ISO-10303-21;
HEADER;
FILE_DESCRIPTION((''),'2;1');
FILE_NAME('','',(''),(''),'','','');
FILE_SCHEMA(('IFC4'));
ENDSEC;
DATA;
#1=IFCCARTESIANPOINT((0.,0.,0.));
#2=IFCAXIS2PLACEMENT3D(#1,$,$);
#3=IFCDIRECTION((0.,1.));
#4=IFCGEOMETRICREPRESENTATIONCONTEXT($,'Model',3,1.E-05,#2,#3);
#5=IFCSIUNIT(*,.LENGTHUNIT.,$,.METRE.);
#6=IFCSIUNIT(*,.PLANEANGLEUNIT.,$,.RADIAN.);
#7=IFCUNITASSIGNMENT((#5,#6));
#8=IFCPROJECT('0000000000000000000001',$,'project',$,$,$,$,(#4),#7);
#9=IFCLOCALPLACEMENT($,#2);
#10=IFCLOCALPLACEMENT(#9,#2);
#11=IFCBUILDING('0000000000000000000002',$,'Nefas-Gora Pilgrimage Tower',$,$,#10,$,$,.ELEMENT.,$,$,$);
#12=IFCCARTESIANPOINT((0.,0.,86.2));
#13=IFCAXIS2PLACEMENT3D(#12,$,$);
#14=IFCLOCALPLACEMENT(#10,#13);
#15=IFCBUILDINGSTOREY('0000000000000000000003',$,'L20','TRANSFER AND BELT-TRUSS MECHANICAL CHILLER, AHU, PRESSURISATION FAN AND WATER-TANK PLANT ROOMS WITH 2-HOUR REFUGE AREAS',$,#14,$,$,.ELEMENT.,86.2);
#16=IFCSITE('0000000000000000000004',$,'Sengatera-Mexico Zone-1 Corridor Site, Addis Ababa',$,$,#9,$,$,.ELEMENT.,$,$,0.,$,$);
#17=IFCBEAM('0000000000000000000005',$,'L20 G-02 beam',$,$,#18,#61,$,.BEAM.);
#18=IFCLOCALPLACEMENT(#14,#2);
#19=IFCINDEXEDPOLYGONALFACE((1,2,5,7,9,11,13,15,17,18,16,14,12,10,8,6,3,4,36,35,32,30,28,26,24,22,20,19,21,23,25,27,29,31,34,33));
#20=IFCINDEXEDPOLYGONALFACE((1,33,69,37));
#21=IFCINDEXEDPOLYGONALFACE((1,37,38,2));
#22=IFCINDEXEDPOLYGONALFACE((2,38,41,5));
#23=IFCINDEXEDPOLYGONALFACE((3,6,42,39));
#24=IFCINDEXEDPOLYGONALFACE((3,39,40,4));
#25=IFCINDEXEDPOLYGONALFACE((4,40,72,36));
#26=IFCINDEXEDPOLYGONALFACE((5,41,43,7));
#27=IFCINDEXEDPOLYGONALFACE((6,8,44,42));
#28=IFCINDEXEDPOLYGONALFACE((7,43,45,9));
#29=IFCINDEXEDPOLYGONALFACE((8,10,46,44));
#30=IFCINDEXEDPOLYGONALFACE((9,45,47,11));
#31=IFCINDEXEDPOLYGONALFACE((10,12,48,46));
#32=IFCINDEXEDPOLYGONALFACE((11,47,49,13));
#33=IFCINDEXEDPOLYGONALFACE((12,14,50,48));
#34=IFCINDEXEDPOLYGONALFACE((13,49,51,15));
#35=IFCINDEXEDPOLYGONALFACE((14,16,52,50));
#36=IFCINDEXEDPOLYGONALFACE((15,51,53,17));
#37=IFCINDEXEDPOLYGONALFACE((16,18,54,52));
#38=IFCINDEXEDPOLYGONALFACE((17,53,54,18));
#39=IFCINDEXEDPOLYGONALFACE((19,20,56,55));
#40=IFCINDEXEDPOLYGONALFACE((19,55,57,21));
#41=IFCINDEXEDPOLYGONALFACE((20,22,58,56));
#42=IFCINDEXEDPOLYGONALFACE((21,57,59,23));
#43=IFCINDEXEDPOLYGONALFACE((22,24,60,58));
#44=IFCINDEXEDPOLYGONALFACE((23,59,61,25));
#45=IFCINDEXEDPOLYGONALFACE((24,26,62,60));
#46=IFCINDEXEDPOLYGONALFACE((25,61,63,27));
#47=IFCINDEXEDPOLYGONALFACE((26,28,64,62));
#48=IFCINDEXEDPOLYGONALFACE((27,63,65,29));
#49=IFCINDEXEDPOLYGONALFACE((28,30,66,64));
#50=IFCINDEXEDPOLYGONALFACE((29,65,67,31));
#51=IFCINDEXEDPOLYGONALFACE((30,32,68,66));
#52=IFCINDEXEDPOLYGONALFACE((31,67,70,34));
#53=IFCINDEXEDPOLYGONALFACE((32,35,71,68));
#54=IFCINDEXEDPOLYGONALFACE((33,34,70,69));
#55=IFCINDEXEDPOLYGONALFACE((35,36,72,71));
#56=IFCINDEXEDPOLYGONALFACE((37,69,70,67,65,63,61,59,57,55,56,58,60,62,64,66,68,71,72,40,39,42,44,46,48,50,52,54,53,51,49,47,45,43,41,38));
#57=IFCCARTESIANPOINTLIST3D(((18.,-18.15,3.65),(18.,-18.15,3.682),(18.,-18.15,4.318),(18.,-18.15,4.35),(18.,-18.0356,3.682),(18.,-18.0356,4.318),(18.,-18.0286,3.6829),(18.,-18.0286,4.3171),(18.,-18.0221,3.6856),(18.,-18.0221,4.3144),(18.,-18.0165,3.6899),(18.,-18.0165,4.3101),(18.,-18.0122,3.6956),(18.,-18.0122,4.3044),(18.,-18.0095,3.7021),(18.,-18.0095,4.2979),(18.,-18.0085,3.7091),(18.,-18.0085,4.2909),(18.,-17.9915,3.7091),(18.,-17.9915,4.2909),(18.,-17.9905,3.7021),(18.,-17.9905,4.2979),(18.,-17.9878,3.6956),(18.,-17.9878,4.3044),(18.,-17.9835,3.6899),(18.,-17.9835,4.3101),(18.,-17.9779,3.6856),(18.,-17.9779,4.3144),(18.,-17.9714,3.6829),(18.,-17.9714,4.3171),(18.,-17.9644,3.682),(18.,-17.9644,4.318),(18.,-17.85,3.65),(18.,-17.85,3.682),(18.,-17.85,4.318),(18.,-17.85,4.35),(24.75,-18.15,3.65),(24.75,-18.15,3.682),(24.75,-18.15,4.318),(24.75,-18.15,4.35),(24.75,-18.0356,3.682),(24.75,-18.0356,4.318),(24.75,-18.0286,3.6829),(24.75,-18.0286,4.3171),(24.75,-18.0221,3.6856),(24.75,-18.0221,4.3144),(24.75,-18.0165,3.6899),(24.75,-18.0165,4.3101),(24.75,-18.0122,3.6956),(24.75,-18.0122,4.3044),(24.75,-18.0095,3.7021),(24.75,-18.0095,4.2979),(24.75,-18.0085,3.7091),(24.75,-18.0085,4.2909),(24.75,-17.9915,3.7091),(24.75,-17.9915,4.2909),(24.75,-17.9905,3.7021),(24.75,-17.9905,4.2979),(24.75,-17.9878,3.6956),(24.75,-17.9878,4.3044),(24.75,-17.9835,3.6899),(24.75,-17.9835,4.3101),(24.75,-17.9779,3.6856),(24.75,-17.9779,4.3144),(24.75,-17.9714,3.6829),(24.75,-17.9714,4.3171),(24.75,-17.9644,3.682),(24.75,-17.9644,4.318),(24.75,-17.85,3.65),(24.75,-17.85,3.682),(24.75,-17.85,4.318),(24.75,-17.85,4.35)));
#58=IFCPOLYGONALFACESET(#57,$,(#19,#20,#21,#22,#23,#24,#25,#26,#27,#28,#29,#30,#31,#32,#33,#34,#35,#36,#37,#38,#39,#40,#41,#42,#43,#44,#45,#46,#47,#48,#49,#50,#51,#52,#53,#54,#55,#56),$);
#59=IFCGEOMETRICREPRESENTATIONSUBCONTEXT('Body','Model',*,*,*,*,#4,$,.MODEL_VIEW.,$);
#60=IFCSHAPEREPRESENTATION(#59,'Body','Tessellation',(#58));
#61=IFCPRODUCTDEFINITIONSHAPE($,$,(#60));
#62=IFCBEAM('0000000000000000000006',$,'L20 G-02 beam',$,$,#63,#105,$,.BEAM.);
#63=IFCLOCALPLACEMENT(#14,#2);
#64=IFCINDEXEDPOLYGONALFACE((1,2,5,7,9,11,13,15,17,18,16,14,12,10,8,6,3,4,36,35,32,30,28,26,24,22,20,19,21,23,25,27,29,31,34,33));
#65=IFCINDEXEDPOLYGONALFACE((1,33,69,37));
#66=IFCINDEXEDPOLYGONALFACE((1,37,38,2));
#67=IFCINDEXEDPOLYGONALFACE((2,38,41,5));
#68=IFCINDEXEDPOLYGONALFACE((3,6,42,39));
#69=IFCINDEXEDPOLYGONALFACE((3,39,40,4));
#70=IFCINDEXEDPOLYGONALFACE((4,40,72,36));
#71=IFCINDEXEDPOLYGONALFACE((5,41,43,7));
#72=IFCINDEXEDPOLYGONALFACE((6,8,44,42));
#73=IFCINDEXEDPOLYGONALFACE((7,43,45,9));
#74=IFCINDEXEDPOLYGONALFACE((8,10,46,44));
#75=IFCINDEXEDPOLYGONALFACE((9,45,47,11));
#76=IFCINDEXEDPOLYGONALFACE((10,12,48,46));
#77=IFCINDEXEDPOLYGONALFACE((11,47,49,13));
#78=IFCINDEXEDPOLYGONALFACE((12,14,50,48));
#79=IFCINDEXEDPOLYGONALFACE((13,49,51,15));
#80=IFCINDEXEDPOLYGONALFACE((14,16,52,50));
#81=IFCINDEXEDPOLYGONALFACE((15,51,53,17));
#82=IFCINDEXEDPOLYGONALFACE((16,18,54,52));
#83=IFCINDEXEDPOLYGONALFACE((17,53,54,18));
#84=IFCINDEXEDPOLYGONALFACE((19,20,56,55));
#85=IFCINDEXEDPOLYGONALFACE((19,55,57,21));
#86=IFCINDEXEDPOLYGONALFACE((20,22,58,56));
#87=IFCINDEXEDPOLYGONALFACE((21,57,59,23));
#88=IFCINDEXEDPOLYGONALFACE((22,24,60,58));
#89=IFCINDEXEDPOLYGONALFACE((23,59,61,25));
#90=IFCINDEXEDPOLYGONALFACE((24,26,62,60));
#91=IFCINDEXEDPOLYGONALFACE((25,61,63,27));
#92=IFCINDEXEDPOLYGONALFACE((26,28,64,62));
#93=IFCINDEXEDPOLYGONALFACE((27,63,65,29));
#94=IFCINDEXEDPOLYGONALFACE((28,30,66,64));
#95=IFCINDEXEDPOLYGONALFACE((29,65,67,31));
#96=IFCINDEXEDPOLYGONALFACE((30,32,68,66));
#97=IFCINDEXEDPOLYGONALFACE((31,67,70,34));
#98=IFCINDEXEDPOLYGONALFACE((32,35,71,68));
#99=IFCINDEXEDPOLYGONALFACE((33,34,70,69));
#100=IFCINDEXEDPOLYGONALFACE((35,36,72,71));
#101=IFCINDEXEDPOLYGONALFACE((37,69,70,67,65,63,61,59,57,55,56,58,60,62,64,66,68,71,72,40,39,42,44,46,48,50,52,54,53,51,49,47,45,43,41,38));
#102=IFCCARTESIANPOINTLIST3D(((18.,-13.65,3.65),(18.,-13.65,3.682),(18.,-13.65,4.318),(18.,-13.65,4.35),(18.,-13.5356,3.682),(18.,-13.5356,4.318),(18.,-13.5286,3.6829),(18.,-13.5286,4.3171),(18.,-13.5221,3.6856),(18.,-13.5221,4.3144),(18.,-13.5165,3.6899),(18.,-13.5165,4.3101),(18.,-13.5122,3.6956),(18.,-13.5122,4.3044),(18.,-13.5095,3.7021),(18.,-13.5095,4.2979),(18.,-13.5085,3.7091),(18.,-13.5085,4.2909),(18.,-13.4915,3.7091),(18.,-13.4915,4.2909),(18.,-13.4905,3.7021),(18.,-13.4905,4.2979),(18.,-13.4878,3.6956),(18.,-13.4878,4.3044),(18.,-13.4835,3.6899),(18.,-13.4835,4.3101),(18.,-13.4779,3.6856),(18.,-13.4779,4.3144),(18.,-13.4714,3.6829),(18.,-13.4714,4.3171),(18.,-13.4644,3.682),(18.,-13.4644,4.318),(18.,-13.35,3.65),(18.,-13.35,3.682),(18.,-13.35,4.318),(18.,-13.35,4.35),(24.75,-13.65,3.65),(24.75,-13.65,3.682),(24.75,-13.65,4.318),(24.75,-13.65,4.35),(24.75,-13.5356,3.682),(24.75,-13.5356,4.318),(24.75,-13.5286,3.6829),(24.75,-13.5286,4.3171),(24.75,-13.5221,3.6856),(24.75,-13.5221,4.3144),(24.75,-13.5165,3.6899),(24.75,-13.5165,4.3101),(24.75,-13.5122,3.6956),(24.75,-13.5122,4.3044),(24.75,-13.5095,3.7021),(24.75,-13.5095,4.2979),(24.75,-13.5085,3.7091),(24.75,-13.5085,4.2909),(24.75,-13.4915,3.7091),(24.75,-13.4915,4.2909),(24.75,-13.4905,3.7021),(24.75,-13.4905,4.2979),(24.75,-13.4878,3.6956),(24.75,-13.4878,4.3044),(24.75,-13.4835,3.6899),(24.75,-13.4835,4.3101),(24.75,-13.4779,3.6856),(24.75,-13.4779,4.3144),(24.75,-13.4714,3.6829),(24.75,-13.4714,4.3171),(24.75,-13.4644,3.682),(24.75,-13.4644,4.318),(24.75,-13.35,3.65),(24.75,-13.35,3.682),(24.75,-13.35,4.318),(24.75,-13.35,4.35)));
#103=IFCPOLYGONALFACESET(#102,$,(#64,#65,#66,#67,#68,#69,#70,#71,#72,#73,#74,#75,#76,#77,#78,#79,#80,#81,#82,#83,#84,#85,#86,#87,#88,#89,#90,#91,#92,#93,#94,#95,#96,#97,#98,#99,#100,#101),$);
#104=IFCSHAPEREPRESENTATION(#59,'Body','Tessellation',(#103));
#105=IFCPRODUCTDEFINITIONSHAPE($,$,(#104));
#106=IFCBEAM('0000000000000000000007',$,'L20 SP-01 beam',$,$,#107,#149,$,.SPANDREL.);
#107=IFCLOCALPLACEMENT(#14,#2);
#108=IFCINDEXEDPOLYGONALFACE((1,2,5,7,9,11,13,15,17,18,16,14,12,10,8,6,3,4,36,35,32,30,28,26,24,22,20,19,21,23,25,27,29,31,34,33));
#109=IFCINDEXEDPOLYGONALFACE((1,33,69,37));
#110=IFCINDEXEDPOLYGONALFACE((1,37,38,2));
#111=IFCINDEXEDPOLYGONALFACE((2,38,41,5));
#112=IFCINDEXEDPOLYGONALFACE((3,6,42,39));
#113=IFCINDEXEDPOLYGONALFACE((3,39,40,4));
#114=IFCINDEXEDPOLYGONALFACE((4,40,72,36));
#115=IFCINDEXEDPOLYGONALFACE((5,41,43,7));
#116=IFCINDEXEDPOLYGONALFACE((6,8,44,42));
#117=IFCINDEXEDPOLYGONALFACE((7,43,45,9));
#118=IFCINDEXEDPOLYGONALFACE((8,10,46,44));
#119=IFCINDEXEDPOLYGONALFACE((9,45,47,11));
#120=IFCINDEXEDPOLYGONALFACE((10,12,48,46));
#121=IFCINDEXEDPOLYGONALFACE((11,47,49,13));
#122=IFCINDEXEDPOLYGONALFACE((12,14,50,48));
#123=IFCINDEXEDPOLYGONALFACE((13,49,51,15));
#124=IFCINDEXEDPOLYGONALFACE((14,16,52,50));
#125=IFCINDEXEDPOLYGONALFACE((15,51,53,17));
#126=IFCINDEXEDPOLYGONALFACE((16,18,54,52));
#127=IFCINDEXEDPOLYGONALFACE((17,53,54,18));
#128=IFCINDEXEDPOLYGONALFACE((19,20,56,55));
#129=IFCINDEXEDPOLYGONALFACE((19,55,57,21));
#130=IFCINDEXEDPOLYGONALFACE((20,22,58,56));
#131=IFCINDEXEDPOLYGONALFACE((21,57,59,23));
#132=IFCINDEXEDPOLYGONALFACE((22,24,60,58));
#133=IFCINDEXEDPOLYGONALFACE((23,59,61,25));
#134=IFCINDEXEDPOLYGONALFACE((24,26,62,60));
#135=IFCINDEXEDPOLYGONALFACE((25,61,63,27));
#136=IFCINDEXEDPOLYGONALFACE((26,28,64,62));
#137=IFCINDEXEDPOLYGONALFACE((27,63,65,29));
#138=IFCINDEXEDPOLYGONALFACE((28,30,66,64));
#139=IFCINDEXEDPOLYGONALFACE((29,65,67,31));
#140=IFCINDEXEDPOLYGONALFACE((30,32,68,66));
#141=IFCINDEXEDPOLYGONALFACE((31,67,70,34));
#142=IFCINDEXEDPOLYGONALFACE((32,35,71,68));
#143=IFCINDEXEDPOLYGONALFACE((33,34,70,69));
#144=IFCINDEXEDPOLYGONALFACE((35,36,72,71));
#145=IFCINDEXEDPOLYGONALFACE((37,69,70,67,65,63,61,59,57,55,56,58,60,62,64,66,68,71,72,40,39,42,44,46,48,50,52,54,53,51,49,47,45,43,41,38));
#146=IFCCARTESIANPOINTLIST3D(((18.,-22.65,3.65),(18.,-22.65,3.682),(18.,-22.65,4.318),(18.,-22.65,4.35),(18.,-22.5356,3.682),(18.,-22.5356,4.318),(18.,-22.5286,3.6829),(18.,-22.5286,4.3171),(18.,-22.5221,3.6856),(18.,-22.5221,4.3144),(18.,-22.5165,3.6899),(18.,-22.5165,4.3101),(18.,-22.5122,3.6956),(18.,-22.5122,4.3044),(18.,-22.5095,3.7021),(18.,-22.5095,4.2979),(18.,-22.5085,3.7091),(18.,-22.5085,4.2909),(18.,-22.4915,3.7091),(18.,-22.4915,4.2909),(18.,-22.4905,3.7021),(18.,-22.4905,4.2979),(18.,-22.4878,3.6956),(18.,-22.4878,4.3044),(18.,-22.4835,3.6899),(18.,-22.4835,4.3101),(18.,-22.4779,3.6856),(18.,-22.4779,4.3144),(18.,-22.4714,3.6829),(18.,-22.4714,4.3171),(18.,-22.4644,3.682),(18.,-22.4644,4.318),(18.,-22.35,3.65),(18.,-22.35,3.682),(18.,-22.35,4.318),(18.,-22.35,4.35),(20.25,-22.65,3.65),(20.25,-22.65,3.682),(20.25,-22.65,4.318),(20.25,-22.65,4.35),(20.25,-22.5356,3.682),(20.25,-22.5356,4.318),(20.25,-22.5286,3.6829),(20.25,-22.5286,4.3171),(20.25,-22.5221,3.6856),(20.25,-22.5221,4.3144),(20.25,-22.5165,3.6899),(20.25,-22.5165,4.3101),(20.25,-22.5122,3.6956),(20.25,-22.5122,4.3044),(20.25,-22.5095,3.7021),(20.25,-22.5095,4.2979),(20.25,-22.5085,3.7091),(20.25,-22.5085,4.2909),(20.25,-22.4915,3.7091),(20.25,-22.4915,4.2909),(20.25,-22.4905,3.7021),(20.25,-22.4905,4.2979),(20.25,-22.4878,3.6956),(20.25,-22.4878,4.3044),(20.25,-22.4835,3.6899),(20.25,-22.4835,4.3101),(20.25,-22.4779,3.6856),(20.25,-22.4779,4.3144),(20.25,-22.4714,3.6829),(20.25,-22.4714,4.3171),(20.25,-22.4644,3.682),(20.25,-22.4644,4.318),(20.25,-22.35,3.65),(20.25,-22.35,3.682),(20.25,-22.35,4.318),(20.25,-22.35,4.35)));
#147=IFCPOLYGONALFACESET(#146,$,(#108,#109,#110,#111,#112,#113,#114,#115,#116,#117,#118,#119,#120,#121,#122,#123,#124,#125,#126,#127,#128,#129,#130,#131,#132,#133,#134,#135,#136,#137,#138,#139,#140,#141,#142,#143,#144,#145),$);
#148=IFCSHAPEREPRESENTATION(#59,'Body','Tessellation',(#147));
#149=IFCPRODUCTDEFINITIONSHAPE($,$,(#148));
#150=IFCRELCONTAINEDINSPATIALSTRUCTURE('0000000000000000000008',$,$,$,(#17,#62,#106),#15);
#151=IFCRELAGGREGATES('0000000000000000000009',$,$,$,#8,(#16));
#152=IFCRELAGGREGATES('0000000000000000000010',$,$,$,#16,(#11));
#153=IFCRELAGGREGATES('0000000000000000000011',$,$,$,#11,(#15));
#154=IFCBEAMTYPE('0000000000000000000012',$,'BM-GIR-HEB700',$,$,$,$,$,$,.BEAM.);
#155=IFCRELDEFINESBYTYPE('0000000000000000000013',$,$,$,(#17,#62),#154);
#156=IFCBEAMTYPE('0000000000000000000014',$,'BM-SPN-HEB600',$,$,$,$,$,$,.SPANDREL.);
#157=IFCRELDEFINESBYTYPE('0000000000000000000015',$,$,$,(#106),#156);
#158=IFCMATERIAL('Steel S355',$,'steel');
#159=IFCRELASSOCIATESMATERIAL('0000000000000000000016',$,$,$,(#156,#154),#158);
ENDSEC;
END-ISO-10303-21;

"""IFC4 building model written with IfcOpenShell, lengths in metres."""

from ifc_helpers import new_model, si_unit, direction, frame, origin, origin_2d, place, context, subcontext, project, spatial, i_section, extrude, source, transform, mapped, material, material_profile, profile_set, type_object, element, save


model = new_model("IFC4")

# Units and contexts
model_context = context("Model", 3, precision=1e-05, world=origin(), true_north=direction((0.0, 1.0)))
body_context = subcontext(model_context, "Body", "Model", "MODEL_VIEW")
ifc_project = project(units=[si_unit("LENGTHUNIT", "METRE"), si_unit("PLANEANGLEUNIT", "RADIAN")], contexts=[model_context])

# Site, building, storey
site_placement = place(None, origin())
site = spatial("IfcSite", under=ifc_project, at=site_placement, Name="Sengatera-Mexico Zone-1 Corridor Site, Addis Ababa", CompositionType="ELEMENT", RefElevation=0.0)
building_placement = place(site_placement, origin())
building = spatial("IfcBuilding", under=site, at=building_placement, Name="Nefas-Gora Pilgrimage Tower", CompositionType="ELEMENT")
storey_placement = place(building_placement, frame((0.0, 0.0, 86.2)))
storey = spatial("IfcBuildingStorey", under=building, at=storey_placement, Name="L20", Description="TRANSFER AND BELT-TRUSS MECHANICAL CHILLER, AHU, PRESSURISATION FAN AND WATER-TANK PLANT ROOMS WITH 2-HOUR REFUGE AREAS", CompositionType="ELEMENT", Elevation=86.2)

# Beams
ifc_material_1 = material(Name="Steel S355", Category="steel")
ifc_material_profile_1 = material_profile(ifc_material_1, i_section(OverallWidth=0.3, OverallDepth=0.7, WebThickness=0.0171, FlangeThickness=0.032, FilletRadius=0.0271, at=origin_2d()), Name="HEB 700")
ifc_profile_set_1 = profile_set([ifc_material_profile_1], Name="Steel S355")
beam_type_1 = type_object("IfcBeamType", Name="BM-SPN-HEB600", PredefinedType="SPANDREL", material=ifc_profile_set_1)
ifc_material_profile_2 = material_profile(ifc_material_1, i_section(OverallWidth=0.3, OverallDepth=0.7, WebThickness=0.0171, FlangeThickness=0.032, FilletRadius=0.0271, at=origin_2d()), Name="HEB 700")
ifc_profile_set_2 = profile_set([ifc_material_profile_2], Name="Steel S355")
beam_type_2 = type_object("IfcBeamType", Name="BM-GIR-HEB700", PredefinedType="BEAM", material=ifc_profile_set_2)
shared_shape_1 = source(origin(), body_context, "Body", "SweptSolid", [
    extrude(i_section(OverallWidth=0.3, OverallDepth=0.7, WebThickness=0.0171, FlangeThickness=0.032, FilletRadius=0.0271, at=origin_2d()), origin(), (0.0, 0.0, 1.0), 6.75),
])
for number, where, z_axis, x_axis, name in (
    (1, (18.0, -18.0, 4.0), (1.0, 0.0, 0.0), (0.0, 1.0, 0.0), "L20 G-02 beam"),
    (2, (18.0, -13.5, 4.0), (1.0, 0.0, 0.0), (0.0, 1.0, 0.0), "L20 G-02 beam"),
):
    element("IfcBeam", number, at=place(storey_placement, frame(where, z_axis=z_axis, x_axis=x_axis)), inside=storey, type_object=beam_type_2, Name=name, PredefinedType="BEAM", context=body_context, shape_type="MappedRepresentation", body=[
        mapped(shared_shape_1, transform((0.0, 0.0, 0.0), x_axis=(1.0, 0.0, 0.0), y_axis=(0.0, 1.0, 0.0), z_axis=(0.0, 0.0, 1.0), scale=1.0)),
    ])
shared_shape_2 = source(origin(), body_context, "Body", "SweptSolid", [
    extrude(i_section(OverallWidth=0.3, OverallDepth=0.7, WebThickness=0.0171, FlangeThickness=0.032, FilletRadius=0.0271, at=origin_2d()), origin(), (0.0, 0.0, 1.0), 2.25),
])
beam_1_placement = place(storey_placement, frame((18.0, -22.5, 4.0), z_axis=(1.0, 0.0, 0.0), x_axis=(0.0, 1.0, 0.0)))
element("IfcBeam", 3, at=beam_1_placement, inside=storey, type_object=beam_type_1, Name="L20 SP-01 beam", PredefinedType="SPANDREL", context=body_context, shape_type="MappedRepresentation", body=[
    mapped(shared_shape_2, transform((0.0, 0.0, 0.0), x_axis=(1.0, 0.0, 0.0), y_axis=(0.0, 1.0, 0.0), z_axis=(0.0, 0.0, 1.0), scale=1.0)),
])

save(model, "model.ifc")
